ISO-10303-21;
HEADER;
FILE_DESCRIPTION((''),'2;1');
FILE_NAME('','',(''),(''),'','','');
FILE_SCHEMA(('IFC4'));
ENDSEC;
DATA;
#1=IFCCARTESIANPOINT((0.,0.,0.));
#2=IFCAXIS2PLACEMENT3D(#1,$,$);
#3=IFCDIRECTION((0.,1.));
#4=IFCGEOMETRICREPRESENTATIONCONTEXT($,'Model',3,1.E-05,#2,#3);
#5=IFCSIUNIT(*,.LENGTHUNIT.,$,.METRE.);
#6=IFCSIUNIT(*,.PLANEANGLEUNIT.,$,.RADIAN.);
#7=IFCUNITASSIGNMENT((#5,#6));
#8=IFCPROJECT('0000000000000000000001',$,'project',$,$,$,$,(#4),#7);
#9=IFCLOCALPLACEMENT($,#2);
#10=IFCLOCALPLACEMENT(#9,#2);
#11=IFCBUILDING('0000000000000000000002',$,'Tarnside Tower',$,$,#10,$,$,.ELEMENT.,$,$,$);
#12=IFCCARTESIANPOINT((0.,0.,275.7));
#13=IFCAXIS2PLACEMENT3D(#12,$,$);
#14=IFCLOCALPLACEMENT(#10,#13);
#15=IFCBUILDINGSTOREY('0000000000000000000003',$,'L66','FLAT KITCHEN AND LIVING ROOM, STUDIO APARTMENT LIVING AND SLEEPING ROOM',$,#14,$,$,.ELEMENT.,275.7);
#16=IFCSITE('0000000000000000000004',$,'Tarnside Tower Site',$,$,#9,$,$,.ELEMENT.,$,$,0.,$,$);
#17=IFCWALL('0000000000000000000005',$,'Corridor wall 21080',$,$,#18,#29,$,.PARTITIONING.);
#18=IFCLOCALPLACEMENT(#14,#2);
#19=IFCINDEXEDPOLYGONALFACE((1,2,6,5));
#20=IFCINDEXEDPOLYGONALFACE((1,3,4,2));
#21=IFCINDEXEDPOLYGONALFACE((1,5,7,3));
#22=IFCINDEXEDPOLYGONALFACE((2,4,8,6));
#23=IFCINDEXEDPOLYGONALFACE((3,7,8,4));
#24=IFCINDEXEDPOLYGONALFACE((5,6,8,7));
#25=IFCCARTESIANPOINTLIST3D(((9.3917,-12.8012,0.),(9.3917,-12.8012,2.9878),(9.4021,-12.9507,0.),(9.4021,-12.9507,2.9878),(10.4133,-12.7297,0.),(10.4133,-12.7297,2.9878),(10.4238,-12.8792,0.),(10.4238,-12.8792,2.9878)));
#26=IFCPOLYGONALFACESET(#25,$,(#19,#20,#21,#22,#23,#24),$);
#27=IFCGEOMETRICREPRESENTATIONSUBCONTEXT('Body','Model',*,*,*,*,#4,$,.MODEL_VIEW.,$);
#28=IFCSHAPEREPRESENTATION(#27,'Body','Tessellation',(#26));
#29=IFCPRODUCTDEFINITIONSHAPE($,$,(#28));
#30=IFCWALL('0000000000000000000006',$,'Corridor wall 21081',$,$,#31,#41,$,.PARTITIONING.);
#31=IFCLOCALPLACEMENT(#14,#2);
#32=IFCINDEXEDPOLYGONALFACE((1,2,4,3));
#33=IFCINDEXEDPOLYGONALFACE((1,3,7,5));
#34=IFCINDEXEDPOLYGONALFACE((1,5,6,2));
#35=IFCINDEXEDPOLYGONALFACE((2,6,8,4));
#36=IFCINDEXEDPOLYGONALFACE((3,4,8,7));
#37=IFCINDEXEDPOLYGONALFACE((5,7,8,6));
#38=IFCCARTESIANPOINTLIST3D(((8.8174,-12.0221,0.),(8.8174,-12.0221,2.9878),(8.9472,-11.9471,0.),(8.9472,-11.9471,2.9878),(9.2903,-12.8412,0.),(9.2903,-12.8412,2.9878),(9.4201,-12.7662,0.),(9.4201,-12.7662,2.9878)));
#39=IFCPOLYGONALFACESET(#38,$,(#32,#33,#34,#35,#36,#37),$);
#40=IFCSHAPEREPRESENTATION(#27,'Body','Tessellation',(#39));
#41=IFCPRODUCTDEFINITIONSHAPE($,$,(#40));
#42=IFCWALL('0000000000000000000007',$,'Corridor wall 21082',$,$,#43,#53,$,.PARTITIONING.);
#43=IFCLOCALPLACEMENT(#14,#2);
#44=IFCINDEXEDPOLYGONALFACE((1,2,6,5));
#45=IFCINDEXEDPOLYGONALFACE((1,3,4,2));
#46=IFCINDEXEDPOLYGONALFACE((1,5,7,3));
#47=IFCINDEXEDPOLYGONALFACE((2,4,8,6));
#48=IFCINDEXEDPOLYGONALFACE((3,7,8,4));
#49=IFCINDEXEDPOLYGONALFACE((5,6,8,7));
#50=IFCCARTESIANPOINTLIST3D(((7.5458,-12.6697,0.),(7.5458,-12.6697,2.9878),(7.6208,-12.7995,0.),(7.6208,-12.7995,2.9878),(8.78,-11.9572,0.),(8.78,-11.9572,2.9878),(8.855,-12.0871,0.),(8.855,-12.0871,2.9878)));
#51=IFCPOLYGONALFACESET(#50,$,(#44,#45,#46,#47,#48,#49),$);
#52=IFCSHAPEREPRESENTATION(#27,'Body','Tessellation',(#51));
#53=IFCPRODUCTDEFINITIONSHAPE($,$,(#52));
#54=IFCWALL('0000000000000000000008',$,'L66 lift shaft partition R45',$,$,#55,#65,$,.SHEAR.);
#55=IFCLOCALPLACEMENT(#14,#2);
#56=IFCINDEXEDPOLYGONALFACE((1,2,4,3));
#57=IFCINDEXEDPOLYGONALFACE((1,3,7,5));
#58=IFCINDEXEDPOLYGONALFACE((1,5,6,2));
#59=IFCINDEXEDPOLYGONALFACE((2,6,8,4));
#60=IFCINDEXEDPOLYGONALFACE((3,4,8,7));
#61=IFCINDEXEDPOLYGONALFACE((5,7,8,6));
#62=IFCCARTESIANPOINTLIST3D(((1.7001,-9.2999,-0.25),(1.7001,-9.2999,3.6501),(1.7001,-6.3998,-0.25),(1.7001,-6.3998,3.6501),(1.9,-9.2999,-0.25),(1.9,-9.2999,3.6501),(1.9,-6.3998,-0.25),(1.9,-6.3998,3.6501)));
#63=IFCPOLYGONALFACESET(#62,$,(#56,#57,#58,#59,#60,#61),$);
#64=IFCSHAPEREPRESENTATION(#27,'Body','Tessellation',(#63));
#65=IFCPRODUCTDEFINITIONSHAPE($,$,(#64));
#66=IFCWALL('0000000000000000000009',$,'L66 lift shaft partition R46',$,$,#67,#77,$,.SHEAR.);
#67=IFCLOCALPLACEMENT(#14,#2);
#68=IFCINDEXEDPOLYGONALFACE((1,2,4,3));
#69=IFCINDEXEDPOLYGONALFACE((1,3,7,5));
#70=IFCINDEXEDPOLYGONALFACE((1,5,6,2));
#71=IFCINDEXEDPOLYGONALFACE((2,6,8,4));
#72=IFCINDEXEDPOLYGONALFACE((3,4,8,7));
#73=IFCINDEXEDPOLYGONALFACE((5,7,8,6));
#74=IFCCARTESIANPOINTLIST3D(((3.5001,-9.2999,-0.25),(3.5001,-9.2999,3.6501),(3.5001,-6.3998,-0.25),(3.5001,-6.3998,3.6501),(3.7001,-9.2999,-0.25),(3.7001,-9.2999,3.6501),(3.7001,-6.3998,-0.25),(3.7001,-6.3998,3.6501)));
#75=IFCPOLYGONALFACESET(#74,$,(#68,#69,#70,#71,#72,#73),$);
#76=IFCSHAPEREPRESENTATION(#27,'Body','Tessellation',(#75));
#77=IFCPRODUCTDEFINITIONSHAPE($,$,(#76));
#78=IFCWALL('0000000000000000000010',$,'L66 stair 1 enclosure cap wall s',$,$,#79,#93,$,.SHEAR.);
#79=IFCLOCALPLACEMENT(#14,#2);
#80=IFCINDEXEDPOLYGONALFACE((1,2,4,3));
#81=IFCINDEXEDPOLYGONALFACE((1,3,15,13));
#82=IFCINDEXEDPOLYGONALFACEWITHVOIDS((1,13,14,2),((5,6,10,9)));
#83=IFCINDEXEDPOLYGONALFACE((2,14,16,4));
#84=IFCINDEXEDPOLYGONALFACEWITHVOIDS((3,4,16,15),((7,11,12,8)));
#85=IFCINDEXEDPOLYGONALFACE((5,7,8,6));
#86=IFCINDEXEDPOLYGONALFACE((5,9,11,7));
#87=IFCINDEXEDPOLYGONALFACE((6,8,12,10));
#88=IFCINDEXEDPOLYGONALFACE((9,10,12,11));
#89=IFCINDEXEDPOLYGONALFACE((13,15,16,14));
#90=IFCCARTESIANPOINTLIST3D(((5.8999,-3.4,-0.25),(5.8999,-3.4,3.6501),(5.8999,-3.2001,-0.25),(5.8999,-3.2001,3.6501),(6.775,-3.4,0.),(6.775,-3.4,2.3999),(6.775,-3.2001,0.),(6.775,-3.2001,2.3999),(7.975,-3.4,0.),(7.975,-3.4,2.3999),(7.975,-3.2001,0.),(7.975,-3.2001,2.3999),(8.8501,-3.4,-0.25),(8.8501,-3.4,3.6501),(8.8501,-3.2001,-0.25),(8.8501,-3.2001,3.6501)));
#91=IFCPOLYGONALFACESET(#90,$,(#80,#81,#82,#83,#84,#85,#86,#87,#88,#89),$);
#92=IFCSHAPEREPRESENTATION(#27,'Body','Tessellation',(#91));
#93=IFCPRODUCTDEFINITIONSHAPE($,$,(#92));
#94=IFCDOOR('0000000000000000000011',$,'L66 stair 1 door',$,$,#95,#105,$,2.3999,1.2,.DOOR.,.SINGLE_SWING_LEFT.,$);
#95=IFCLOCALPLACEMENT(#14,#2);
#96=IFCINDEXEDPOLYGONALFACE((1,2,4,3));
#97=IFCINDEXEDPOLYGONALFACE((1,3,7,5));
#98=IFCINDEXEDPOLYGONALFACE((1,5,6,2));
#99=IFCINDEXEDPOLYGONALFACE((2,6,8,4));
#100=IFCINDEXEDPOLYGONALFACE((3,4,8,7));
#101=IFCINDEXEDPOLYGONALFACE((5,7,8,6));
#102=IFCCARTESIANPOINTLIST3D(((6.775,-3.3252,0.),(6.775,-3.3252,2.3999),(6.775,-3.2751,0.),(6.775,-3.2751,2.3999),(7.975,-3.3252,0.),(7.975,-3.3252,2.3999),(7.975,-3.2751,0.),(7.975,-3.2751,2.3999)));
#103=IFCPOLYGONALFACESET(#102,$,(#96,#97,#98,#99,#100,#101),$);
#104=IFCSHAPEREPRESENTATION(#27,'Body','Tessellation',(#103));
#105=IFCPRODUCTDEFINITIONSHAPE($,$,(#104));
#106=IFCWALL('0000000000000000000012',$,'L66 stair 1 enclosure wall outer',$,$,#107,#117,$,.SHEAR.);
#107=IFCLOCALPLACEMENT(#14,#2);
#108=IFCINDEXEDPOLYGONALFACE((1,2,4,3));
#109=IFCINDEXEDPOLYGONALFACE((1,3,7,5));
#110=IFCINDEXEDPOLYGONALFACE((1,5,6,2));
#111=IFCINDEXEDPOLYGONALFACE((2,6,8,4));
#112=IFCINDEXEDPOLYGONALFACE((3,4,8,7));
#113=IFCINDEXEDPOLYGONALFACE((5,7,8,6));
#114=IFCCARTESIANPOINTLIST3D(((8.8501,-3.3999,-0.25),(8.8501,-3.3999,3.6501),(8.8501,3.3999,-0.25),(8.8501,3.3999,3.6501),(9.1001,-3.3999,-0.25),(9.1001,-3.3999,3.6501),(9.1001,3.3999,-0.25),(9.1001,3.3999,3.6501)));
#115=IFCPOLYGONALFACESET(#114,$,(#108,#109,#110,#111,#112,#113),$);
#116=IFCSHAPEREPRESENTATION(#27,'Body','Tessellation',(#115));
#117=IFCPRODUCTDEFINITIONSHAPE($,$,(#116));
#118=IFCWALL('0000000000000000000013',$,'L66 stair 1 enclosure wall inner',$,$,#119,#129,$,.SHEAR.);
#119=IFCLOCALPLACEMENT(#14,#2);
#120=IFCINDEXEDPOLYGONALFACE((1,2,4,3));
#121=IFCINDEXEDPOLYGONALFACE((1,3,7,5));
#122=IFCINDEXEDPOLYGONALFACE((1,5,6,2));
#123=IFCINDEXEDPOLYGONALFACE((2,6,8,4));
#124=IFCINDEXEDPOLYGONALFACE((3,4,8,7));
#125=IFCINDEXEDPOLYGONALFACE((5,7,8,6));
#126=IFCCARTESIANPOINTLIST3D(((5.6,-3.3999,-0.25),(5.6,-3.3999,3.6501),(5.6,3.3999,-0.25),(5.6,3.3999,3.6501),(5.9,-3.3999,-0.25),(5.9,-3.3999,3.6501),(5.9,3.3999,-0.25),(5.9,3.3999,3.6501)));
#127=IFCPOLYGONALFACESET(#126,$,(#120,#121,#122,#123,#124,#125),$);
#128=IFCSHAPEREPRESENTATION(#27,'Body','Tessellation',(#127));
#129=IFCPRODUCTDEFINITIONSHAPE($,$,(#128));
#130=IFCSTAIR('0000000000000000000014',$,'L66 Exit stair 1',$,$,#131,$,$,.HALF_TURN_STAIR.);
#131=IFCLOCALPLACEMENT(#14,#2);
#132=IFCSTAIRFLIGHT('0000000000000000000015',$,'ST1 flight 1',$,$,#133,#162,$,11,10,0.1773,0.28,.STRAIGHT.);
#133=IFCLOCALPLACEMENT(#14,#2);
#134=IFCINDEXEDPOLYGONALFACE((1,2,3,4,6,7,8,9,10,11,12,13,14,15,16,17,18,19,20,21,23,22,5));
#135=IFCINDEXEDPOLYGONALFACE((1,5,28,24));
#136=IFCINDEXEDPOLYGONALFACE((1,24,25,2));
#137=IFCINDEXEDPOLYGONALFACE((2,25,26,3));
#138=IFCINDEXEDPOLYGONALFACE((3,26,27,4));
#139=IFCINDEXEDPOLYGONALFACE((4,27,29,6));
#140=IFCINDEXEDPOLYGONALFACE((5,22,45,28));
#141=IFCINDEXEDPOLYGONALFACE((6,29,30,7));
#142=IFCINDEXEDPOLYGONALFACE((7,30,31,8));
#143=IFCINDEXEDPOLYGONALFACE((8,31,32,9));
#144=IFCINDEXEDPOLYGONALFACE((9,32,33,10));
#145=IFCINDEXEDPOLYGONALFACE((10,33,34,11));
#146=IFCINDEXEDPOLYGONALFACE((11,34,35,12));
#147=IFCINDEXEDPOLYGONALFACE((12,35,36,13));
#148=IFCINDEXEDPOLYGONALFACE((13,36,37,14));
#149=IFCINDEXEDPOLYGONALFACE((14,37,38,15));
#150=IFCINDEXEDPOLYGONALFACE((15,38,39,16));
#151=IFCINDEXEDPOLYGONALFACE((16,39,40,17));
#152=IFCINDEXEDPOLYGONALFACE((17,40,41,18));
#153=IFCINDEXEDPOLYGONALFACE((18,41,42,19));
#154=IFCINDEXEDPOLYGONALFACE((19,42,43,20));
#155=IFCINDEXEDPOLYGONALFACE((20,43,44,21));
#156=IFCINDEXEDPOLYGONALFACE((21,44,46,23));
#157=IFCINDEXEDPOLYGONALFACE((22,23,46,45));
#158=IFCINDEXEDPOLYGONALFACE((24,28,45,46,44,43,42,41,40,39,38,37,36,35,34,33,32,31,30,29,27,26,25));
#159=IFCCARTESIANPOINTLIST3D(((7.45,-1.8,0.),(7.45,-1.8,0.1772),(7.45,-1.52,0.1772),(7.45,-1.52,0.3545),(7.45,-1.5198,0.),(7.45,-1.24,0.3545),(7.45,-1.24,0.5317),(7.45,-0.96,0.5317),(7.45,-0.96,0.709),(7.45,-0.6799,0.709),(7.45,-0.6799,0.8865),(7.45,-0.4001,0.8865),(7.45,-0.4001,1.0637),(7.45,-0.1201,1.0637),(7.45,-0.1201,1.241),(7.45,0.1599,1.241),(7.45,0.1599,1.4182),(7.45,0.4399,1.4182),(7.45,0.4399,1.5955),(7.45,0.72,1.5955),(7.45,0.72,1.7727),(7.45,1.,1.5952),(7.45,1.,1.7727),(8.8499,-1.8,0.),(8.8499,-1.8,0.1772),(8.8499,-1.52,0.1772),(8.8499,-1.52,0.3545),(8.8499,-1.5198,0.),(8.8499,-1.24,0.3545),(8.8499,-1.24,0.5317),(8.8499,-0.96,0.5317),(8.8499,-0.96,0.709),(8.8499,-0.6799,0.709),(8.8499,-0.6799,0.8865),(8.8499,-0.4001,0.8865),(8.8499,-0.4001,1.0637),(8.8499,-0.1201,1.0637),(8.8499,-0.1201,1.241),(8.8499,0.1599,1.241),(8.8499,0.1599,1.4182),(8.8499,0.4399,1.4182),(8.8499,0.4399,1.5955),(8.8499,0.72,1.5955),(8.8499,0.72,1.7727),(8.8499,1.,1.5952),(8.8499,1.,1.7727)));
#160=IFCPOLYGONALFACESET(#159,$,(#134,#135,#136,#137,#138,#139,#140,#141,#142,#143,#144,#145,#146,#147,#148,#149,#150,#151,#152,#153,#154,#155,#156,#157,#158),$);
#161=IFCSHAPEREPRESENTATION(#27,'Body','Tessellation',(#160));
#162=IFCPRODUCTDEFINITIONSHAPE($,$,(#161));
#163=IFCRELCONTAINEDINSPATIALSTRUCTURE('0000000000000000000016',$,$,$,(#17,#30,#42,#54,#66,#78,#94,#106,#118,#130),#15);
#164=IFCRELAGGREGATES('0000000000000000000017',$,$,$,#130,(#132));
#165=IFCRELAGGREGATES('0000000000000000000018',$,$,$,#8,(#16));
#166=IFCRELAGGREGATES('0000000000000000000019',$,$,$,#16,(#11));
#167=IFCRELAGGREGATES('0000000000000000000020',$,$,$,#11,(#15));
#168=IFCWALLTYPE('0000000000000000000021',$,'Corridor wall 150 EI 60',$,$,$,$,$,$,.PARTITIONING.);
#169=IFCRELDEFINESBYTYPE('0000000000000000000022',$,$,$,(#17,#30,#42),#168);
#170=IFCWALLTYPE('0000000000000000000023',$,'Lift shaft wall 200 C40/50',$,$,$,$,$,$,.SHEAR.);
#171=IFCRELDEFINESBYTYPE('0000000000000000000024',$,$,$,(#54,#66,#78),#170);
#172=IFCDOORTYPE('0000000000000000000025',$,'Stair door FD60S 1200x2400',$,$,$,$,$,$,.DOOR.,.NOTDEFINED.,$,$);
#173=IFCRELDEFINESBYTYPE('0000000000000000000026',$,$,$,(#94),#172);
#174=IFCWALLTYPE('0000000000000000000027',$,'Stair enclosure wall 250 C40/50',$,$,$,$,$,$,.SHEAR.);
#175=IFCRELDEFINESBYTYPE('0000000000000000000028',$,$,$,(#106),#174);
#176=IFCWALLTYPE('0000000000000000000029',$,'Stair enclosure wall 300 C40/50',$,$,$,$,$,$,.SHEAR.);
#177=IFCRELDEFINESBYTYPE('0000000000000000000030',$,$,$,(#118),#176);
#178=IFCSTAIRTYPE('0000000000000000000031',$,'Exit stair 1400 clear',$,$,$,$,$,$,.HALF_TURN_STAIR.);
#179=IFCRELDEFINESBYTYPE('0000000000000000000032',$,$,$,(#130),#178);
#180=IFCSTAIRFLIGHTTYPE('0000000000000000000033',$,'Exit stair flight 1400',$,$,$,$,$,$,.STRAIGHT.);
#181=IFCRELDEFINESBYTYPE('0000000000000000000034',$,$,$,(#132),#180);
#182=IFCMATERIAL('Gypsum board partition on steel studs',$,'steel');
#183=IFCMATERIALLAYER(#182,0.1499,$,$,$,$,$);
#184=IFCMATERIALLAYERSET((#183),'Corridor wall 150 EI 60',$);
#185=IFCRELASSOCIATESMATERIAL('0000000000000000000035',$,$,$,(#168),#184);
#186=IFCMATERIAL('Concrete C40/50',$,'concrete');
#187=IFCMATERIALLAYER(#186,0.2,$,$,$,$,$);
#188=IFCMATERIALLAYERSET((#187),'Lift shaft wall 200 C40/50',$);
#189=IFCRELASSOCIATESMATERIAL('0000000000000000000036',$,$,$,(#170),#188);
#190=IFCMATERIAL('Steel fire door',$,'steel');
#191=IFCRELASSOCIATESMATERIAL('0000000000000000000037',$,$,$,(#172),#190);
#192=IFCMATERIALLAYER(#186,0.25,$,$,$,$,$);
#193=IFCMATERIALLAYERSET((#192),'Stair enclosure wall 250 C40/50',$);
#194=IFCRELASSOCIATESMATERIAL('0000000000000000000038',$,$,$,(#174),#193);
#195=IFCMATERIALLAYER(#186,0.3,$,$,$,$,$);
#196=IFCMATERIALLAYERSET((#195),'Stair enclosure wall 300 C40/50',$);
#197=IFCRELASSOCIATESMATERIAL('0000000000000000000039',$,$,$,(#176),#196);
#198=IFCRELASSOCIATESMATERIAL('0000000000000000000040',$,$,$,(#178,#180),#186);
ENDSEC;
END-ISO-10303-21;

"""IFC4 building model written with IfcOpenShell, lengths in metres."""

from ifc_helpers import new_model, si_unit, direction, frame, frame_2d, origin, place, context, subcontext, project, spatial, polyline, rectangle, outline, extrude, material, layer, layer_set, type_object, element, fill, aggregate, save


model = new_model("IFC4")

# Units and contexts
model_context = context("Model", 3, precision=1e-05, world=origin(), true_north=direction((0.0, 1.0)))
body_context = subcontext(model_context, "Body", "Model", "MODEL_VIEW")
ifc_project = project(units=[si_unit("LENGTHUNIT", "METRE"), si_unit("PLANEANGLEUNIT", "RADIAN")], contexts=[model_context])

# Site, building, storey
site_placement = place(None, origin())
site = spatial("IfcSite", under=ifc_project, at=site_placement, Name="Tarnside Tower Site", CompositionType="ELEMENT", RefElevation=0.0)
building_placement = place(site_placement, origin())
building = spatial("IfcBuilding", under=site, at=building_placement, Name="Tarnside Tower", CompositionType="ELEMENT")
storey_placement = place(building_placement, frame((0.0, 0.0, 275.7)))
storey = spatial("IfcBuildingStorey", under=building, at=storey_placement, Name="L66", Description="FLAT KITCHEN AND LIVING ROOM, STUDIO APARTMENT LIVING AND SLEEPING ROOM", CompositionType="ELEMENT", Elevation=275.7)

# Shared definitions
ifc_material_1 = material(Name="Gypsum board partition on steel studs", Category="steel")

# Shared definitions
ifc_material_2 = material(Name="Concrete C40/50", Category="concrete")
ifc_material_3 = material(Name="Steel fire door", Category="steel")

# Walls
ifc_layer_1 = layer(ifc_material_1, 0.1499)
ifc_layer_set_1 = layer_set([ifc_layer_1], Name="Corridor wall 150 EI 60")
wall_type_1 = type_object("IfcWallType", Name="Corridor wall 150 EI 60", PredefinedType="PARTITIONING", material=ifc_layer_set_1)
wall_1_placement = place(storey_placement, frame((10.4187, -12.8044, 0.0), z_axis=(0.0, 0.0, 1.0), x_axis=(-0.997558, -0.069841, 0.0)))
element("IfcWall", 1, at=wall_1_placement, inside=storey, type_object=wall_type_1, Name="Corridor wall 21080", PredefinedType="PARTITIONING", context=body_context, shape_type="SweptSolid", body=[
    extrude(rectangle(XDim=1.0242, YDim=0.1499, at=frame_2d((0.5122, 0.0))), origin(), (0.0, 0.0, 1.0), 2.9878),
])
wall_2_placement = place(storey_placement, frame((9.3552, -12.8037, 0.0), z_axis=(0.0, 0.0, 1.0), x_axis=(-0.499998, 0.866027, 0.0)))
element("IfcWall", 2, at=wall_2_placement, inside=storey, type_object=wall_type_1, Name="Corridor wall 21081", PredefinedType="PARTITIONING", context=body_context, shape_type="SweptSolid", body=[
    extrude(rectangle(XDim=0.9458, YDim=0.1499, at=frame_2d((0.4729, 0.0))), origin(), (0.0, 0.0, 1.0), 2.9878),
])
wall_3_placement = place(storey_placement, frame((8.8174, -12.0222, 0.0), z_axis=(0.0, 0.0, 1.0), x_axis=(-0.866063, -0.499935, 0.0)))
element("IfcWall", 3, at=wall_3_placement, inside=storey, type_object=wall_type_1, Name="Corridor wall 21082", PredefinedType="PARTITIONING", context=body_context, shape_type="SweptSolid", body=[
    extrude(rectangle(XDim=1.425, YDim=0.1499, at=frame_2d((0.7124, 0.0))), origin(), (0.0, 0.0, 1.0), 2.9878),
])
ifc_layer_2 = layer(ifc_material_2, 0.2)
ifc_layer_set_2 = layer_set([ifc_layer_2], Name="Lift shaft wall 200 C40/50")
wall_type_2 = type_object("IfcWallType", Name="Lift shaft wall 200 C40/50", PredefinedType="SHEAR", material=ifc_layer_set_2)
for number, where, z_axis, x_axis, name in (
    (4, (1.8, -9.3, -0.25), (0.0, 0.0, 1.0), (0.0, 1.0, 0.0), "L66 lift shaft partition R45"),
    (5, (3.6001, -9.3, -0.25), (0.0, 0.0, 1.0), (0.0, 1.0, 0.0), "L66 lift shaft partition R46"),
):
    element("IfcWall", number, at=place(storey_placement, frame(where, z_axis=z_axis, x_axis=x_axis)), inside=storey, type_object=wall_type_2, Name=name, PredefinedType="SHEAR", context=body_context, shape_type="SweptSolid", body=[
        extrude(rectangle(XDim=2.9001, YDim=0.2, at=frame_2d((1.4502, 0.0))), origin(), (0.0, 0.0, 1.0), 3.9001),
    ])

# Wall, opening, door
wall_4_placement = place(storey_placement, frame((5.8999, -3.3, -0.25), z_axis=(0.0, 0.0, 1.0), x_axis=(1.0, 0.0, 0.0)))
wall_4 = element("IfcWall", 6, at=wall_4_placement, inside=storey, type_object=wall_type_2, Name="L66 stair 1 enclosure cap wall s", PredefinedType="SHEAR", context=body_context, shape_type="SweptSolid", body=[
    extrude(rectangle(XDim=2.9502, YDim=0.2, at=frame_2d((1.4751, 0.0))), origin(), (0.0, 0.0, 1.0), 3.9001),
])
opening_1_placement = place(wall_4_placement, frame((0.875, 0.0, 0.25)))
opening_1 = element("IfcOpeningElement", 7, at=opening_1_placement, cuts=wall_4, PredefinedType="OPENING", context=body_context, shape_type="SweptSolid", body=[
    extrude(rectangle(XDim=1.2, YDim=2.3999, at=frame_2d((0.6001, 1.2))), frame((0.0, 0.1099, 0.0), z_axis=(0.0, -1.0, 0.0), x_axis=(1.0, 0.0, 0.0)), (0.0, 0.0, 1.0), 0.22),
])
door_type_1 = type_object("IfcDoorType", Name="Stair door FD60S 1200x2400", OperationType="NOTDEFINED", PredefinedType="DOOR", material=ifc_material_3)
door_1_placement = place(opening_1_placement, origin())
door_1 = element("IfcDoor", 8, at=door_1_placement, inside=storey, type_object=door_type_1, Name="L66 stair 1 door", OperationType="SINGLE_SWING_LEFT", OverallHeight=2.3999, OverallWidth=1.2, PredefinedType="DOOR", context=body_context, shape_type="SweptSolid", body=[
    extrude(rectangle(XDim=1.2, YDim=2.3999, at=frame_2d((0.6001, 1.2))), frame((0.0, 0.0249, 0.0), z_axis=(0.0, -1.0, 0.0), x_axis=(1.0, 0.0, 0.0)), (0.0, 0.0, 1.0), 0.05),
])
fill(opening_1, door_1)

# Walls
ifc_layer_3 = layer(ifc_material_2, 0.25)
ifc_layer_set_3 = layer_set([ifc_layer_3], Name="Stair enclosure wall 250 C40/50")
wall_type_3 = type_object("IfcWallType", Name="Stair enclosure wall 250 C40/50", PredefinedType="SHEAR", material=ifc_layer_set_3)
wall_5_placement = place(storey_placement, frame((8.9751, -3.3999, -0.25), z_axis=(0.0, 0.0, 1.0), x_axis=(0.0, 1.0, 0.0)))
element("IfcWall", 9, at=wall_5_placement, inside=storey, type_object=wall_type_3, Name="L66 stair 1 enclosure wall outer", PredefinedType="SHEAR", context=body_context, shape_type="SweptSolid", body=[
    extrude(rectangle(XDim=6.7998, YDim=0.25, at=frame_2d((3.3999, 0.0))), origin(), (0.0, 0.0, 1.0), 3.9001),
])
ifc_layer_4 = layer(ifc_material_2, 0.3)
ifc_layer_set_4 = layer_set([ifc_layer_4], Name="Stair enclosure wall 300 C40/50")
wall_type_4 = type_object("IfcWallType", Name="Stair enclosure wall 300 C40/50", PredefinedType="SHEAR", material=ifc_layer_set_4)
wall_6_placement = place(storey_placement, frame((5.75, -3.3999, -0.25), z_axis=(0.0, 0.0, 1.0), x_axis=(0.0, 1.0, 0.0)))
element("IfcWall", 10, at=wall_6_placement, inside=storey, type_object=wall_type_4, Name="L66 stair 1 enclosure wall inner", PredefinedType="SHEAR", context=body_context, shape_type="SweptSolid", body=[
    extrude(rectangle(XDim=6.7998, YDim=0.3, at=frame_2d((3.3999, 0.0))), origin(), (0.0, 0.0, 1.0), 3.9001),
])

# Stair, stair flight
stair_type = type_object("IfcStairType", Name="Exit stair 1400 clear", PredefinedType="HALF_TURN_STAIR", material=ifc_material_2)
stair_placement = place(storey_placement, origin())
stair = element("IfcStair", 11, at=stair_placement, inside=storey, type_object=stair_type, Name="L66 Exit stair 1", PredefinedType="HALF_TURN_STAIR")
stair_flight_type = type_object("IfcStairFlightType", Name="Exit stair flight 1400", PredefinedType="STRAIGHT", material=ifc_material_2)
stair_flight_placement = place(storey_placement, frame((8.1499, -1.8, 0.0), z_axis=(0.0, 0.0, 1.0), x_axis=(0.0, 1.0, 0.0)))
stair_flight = element("IfcStairFlight", 12, at=stair_flight_placement, type_object=stair_flight_type, Name="ST1 flight 1", NumberOfRisers=11, NumberOfTreads=10, PredefinedType="STRAIGHT", RiserHeight=0.1773, TreadLength=0.28, context=body_context, shape_type="SweptSolid", body=[
    extrude(outline(polyline([(0.0, 0.0), (0.0, 0.1772), (0.28, 0.1772), (0.28, 0.3545), (0.5601, 0.3545), (0.5601, 0.5317), (0.8401, 0.5317), (0.8401, 0.709), (1.1201, 0.709), (1.1201, 0.8865), (1.3999, 0.8865), (1.3999, 1.0637), (1.6799, 1.0637), (1.6799, 1.241), (1.96, 1.241), (1.96, 1.4182), (2.24, 1.4182), (2.24, 1.5955), (2.52, 1.5955), (2.52, 1.7727), (2.8, 1.7727), (2.8, 1.95), (2.8, 1.5952), (0.2803, 0.0), (0.0, 0.0)])), frame((0.0, 0.7, 0.0), z_axis=(0.0, -1.0, 0.0), x_axis=(1.0, 0.0, 0.0)), (0.0, 0.0, 1.0), 1.3999),
])
aggregate(stair, [stair_flight])

save(model, "model.ifc")
